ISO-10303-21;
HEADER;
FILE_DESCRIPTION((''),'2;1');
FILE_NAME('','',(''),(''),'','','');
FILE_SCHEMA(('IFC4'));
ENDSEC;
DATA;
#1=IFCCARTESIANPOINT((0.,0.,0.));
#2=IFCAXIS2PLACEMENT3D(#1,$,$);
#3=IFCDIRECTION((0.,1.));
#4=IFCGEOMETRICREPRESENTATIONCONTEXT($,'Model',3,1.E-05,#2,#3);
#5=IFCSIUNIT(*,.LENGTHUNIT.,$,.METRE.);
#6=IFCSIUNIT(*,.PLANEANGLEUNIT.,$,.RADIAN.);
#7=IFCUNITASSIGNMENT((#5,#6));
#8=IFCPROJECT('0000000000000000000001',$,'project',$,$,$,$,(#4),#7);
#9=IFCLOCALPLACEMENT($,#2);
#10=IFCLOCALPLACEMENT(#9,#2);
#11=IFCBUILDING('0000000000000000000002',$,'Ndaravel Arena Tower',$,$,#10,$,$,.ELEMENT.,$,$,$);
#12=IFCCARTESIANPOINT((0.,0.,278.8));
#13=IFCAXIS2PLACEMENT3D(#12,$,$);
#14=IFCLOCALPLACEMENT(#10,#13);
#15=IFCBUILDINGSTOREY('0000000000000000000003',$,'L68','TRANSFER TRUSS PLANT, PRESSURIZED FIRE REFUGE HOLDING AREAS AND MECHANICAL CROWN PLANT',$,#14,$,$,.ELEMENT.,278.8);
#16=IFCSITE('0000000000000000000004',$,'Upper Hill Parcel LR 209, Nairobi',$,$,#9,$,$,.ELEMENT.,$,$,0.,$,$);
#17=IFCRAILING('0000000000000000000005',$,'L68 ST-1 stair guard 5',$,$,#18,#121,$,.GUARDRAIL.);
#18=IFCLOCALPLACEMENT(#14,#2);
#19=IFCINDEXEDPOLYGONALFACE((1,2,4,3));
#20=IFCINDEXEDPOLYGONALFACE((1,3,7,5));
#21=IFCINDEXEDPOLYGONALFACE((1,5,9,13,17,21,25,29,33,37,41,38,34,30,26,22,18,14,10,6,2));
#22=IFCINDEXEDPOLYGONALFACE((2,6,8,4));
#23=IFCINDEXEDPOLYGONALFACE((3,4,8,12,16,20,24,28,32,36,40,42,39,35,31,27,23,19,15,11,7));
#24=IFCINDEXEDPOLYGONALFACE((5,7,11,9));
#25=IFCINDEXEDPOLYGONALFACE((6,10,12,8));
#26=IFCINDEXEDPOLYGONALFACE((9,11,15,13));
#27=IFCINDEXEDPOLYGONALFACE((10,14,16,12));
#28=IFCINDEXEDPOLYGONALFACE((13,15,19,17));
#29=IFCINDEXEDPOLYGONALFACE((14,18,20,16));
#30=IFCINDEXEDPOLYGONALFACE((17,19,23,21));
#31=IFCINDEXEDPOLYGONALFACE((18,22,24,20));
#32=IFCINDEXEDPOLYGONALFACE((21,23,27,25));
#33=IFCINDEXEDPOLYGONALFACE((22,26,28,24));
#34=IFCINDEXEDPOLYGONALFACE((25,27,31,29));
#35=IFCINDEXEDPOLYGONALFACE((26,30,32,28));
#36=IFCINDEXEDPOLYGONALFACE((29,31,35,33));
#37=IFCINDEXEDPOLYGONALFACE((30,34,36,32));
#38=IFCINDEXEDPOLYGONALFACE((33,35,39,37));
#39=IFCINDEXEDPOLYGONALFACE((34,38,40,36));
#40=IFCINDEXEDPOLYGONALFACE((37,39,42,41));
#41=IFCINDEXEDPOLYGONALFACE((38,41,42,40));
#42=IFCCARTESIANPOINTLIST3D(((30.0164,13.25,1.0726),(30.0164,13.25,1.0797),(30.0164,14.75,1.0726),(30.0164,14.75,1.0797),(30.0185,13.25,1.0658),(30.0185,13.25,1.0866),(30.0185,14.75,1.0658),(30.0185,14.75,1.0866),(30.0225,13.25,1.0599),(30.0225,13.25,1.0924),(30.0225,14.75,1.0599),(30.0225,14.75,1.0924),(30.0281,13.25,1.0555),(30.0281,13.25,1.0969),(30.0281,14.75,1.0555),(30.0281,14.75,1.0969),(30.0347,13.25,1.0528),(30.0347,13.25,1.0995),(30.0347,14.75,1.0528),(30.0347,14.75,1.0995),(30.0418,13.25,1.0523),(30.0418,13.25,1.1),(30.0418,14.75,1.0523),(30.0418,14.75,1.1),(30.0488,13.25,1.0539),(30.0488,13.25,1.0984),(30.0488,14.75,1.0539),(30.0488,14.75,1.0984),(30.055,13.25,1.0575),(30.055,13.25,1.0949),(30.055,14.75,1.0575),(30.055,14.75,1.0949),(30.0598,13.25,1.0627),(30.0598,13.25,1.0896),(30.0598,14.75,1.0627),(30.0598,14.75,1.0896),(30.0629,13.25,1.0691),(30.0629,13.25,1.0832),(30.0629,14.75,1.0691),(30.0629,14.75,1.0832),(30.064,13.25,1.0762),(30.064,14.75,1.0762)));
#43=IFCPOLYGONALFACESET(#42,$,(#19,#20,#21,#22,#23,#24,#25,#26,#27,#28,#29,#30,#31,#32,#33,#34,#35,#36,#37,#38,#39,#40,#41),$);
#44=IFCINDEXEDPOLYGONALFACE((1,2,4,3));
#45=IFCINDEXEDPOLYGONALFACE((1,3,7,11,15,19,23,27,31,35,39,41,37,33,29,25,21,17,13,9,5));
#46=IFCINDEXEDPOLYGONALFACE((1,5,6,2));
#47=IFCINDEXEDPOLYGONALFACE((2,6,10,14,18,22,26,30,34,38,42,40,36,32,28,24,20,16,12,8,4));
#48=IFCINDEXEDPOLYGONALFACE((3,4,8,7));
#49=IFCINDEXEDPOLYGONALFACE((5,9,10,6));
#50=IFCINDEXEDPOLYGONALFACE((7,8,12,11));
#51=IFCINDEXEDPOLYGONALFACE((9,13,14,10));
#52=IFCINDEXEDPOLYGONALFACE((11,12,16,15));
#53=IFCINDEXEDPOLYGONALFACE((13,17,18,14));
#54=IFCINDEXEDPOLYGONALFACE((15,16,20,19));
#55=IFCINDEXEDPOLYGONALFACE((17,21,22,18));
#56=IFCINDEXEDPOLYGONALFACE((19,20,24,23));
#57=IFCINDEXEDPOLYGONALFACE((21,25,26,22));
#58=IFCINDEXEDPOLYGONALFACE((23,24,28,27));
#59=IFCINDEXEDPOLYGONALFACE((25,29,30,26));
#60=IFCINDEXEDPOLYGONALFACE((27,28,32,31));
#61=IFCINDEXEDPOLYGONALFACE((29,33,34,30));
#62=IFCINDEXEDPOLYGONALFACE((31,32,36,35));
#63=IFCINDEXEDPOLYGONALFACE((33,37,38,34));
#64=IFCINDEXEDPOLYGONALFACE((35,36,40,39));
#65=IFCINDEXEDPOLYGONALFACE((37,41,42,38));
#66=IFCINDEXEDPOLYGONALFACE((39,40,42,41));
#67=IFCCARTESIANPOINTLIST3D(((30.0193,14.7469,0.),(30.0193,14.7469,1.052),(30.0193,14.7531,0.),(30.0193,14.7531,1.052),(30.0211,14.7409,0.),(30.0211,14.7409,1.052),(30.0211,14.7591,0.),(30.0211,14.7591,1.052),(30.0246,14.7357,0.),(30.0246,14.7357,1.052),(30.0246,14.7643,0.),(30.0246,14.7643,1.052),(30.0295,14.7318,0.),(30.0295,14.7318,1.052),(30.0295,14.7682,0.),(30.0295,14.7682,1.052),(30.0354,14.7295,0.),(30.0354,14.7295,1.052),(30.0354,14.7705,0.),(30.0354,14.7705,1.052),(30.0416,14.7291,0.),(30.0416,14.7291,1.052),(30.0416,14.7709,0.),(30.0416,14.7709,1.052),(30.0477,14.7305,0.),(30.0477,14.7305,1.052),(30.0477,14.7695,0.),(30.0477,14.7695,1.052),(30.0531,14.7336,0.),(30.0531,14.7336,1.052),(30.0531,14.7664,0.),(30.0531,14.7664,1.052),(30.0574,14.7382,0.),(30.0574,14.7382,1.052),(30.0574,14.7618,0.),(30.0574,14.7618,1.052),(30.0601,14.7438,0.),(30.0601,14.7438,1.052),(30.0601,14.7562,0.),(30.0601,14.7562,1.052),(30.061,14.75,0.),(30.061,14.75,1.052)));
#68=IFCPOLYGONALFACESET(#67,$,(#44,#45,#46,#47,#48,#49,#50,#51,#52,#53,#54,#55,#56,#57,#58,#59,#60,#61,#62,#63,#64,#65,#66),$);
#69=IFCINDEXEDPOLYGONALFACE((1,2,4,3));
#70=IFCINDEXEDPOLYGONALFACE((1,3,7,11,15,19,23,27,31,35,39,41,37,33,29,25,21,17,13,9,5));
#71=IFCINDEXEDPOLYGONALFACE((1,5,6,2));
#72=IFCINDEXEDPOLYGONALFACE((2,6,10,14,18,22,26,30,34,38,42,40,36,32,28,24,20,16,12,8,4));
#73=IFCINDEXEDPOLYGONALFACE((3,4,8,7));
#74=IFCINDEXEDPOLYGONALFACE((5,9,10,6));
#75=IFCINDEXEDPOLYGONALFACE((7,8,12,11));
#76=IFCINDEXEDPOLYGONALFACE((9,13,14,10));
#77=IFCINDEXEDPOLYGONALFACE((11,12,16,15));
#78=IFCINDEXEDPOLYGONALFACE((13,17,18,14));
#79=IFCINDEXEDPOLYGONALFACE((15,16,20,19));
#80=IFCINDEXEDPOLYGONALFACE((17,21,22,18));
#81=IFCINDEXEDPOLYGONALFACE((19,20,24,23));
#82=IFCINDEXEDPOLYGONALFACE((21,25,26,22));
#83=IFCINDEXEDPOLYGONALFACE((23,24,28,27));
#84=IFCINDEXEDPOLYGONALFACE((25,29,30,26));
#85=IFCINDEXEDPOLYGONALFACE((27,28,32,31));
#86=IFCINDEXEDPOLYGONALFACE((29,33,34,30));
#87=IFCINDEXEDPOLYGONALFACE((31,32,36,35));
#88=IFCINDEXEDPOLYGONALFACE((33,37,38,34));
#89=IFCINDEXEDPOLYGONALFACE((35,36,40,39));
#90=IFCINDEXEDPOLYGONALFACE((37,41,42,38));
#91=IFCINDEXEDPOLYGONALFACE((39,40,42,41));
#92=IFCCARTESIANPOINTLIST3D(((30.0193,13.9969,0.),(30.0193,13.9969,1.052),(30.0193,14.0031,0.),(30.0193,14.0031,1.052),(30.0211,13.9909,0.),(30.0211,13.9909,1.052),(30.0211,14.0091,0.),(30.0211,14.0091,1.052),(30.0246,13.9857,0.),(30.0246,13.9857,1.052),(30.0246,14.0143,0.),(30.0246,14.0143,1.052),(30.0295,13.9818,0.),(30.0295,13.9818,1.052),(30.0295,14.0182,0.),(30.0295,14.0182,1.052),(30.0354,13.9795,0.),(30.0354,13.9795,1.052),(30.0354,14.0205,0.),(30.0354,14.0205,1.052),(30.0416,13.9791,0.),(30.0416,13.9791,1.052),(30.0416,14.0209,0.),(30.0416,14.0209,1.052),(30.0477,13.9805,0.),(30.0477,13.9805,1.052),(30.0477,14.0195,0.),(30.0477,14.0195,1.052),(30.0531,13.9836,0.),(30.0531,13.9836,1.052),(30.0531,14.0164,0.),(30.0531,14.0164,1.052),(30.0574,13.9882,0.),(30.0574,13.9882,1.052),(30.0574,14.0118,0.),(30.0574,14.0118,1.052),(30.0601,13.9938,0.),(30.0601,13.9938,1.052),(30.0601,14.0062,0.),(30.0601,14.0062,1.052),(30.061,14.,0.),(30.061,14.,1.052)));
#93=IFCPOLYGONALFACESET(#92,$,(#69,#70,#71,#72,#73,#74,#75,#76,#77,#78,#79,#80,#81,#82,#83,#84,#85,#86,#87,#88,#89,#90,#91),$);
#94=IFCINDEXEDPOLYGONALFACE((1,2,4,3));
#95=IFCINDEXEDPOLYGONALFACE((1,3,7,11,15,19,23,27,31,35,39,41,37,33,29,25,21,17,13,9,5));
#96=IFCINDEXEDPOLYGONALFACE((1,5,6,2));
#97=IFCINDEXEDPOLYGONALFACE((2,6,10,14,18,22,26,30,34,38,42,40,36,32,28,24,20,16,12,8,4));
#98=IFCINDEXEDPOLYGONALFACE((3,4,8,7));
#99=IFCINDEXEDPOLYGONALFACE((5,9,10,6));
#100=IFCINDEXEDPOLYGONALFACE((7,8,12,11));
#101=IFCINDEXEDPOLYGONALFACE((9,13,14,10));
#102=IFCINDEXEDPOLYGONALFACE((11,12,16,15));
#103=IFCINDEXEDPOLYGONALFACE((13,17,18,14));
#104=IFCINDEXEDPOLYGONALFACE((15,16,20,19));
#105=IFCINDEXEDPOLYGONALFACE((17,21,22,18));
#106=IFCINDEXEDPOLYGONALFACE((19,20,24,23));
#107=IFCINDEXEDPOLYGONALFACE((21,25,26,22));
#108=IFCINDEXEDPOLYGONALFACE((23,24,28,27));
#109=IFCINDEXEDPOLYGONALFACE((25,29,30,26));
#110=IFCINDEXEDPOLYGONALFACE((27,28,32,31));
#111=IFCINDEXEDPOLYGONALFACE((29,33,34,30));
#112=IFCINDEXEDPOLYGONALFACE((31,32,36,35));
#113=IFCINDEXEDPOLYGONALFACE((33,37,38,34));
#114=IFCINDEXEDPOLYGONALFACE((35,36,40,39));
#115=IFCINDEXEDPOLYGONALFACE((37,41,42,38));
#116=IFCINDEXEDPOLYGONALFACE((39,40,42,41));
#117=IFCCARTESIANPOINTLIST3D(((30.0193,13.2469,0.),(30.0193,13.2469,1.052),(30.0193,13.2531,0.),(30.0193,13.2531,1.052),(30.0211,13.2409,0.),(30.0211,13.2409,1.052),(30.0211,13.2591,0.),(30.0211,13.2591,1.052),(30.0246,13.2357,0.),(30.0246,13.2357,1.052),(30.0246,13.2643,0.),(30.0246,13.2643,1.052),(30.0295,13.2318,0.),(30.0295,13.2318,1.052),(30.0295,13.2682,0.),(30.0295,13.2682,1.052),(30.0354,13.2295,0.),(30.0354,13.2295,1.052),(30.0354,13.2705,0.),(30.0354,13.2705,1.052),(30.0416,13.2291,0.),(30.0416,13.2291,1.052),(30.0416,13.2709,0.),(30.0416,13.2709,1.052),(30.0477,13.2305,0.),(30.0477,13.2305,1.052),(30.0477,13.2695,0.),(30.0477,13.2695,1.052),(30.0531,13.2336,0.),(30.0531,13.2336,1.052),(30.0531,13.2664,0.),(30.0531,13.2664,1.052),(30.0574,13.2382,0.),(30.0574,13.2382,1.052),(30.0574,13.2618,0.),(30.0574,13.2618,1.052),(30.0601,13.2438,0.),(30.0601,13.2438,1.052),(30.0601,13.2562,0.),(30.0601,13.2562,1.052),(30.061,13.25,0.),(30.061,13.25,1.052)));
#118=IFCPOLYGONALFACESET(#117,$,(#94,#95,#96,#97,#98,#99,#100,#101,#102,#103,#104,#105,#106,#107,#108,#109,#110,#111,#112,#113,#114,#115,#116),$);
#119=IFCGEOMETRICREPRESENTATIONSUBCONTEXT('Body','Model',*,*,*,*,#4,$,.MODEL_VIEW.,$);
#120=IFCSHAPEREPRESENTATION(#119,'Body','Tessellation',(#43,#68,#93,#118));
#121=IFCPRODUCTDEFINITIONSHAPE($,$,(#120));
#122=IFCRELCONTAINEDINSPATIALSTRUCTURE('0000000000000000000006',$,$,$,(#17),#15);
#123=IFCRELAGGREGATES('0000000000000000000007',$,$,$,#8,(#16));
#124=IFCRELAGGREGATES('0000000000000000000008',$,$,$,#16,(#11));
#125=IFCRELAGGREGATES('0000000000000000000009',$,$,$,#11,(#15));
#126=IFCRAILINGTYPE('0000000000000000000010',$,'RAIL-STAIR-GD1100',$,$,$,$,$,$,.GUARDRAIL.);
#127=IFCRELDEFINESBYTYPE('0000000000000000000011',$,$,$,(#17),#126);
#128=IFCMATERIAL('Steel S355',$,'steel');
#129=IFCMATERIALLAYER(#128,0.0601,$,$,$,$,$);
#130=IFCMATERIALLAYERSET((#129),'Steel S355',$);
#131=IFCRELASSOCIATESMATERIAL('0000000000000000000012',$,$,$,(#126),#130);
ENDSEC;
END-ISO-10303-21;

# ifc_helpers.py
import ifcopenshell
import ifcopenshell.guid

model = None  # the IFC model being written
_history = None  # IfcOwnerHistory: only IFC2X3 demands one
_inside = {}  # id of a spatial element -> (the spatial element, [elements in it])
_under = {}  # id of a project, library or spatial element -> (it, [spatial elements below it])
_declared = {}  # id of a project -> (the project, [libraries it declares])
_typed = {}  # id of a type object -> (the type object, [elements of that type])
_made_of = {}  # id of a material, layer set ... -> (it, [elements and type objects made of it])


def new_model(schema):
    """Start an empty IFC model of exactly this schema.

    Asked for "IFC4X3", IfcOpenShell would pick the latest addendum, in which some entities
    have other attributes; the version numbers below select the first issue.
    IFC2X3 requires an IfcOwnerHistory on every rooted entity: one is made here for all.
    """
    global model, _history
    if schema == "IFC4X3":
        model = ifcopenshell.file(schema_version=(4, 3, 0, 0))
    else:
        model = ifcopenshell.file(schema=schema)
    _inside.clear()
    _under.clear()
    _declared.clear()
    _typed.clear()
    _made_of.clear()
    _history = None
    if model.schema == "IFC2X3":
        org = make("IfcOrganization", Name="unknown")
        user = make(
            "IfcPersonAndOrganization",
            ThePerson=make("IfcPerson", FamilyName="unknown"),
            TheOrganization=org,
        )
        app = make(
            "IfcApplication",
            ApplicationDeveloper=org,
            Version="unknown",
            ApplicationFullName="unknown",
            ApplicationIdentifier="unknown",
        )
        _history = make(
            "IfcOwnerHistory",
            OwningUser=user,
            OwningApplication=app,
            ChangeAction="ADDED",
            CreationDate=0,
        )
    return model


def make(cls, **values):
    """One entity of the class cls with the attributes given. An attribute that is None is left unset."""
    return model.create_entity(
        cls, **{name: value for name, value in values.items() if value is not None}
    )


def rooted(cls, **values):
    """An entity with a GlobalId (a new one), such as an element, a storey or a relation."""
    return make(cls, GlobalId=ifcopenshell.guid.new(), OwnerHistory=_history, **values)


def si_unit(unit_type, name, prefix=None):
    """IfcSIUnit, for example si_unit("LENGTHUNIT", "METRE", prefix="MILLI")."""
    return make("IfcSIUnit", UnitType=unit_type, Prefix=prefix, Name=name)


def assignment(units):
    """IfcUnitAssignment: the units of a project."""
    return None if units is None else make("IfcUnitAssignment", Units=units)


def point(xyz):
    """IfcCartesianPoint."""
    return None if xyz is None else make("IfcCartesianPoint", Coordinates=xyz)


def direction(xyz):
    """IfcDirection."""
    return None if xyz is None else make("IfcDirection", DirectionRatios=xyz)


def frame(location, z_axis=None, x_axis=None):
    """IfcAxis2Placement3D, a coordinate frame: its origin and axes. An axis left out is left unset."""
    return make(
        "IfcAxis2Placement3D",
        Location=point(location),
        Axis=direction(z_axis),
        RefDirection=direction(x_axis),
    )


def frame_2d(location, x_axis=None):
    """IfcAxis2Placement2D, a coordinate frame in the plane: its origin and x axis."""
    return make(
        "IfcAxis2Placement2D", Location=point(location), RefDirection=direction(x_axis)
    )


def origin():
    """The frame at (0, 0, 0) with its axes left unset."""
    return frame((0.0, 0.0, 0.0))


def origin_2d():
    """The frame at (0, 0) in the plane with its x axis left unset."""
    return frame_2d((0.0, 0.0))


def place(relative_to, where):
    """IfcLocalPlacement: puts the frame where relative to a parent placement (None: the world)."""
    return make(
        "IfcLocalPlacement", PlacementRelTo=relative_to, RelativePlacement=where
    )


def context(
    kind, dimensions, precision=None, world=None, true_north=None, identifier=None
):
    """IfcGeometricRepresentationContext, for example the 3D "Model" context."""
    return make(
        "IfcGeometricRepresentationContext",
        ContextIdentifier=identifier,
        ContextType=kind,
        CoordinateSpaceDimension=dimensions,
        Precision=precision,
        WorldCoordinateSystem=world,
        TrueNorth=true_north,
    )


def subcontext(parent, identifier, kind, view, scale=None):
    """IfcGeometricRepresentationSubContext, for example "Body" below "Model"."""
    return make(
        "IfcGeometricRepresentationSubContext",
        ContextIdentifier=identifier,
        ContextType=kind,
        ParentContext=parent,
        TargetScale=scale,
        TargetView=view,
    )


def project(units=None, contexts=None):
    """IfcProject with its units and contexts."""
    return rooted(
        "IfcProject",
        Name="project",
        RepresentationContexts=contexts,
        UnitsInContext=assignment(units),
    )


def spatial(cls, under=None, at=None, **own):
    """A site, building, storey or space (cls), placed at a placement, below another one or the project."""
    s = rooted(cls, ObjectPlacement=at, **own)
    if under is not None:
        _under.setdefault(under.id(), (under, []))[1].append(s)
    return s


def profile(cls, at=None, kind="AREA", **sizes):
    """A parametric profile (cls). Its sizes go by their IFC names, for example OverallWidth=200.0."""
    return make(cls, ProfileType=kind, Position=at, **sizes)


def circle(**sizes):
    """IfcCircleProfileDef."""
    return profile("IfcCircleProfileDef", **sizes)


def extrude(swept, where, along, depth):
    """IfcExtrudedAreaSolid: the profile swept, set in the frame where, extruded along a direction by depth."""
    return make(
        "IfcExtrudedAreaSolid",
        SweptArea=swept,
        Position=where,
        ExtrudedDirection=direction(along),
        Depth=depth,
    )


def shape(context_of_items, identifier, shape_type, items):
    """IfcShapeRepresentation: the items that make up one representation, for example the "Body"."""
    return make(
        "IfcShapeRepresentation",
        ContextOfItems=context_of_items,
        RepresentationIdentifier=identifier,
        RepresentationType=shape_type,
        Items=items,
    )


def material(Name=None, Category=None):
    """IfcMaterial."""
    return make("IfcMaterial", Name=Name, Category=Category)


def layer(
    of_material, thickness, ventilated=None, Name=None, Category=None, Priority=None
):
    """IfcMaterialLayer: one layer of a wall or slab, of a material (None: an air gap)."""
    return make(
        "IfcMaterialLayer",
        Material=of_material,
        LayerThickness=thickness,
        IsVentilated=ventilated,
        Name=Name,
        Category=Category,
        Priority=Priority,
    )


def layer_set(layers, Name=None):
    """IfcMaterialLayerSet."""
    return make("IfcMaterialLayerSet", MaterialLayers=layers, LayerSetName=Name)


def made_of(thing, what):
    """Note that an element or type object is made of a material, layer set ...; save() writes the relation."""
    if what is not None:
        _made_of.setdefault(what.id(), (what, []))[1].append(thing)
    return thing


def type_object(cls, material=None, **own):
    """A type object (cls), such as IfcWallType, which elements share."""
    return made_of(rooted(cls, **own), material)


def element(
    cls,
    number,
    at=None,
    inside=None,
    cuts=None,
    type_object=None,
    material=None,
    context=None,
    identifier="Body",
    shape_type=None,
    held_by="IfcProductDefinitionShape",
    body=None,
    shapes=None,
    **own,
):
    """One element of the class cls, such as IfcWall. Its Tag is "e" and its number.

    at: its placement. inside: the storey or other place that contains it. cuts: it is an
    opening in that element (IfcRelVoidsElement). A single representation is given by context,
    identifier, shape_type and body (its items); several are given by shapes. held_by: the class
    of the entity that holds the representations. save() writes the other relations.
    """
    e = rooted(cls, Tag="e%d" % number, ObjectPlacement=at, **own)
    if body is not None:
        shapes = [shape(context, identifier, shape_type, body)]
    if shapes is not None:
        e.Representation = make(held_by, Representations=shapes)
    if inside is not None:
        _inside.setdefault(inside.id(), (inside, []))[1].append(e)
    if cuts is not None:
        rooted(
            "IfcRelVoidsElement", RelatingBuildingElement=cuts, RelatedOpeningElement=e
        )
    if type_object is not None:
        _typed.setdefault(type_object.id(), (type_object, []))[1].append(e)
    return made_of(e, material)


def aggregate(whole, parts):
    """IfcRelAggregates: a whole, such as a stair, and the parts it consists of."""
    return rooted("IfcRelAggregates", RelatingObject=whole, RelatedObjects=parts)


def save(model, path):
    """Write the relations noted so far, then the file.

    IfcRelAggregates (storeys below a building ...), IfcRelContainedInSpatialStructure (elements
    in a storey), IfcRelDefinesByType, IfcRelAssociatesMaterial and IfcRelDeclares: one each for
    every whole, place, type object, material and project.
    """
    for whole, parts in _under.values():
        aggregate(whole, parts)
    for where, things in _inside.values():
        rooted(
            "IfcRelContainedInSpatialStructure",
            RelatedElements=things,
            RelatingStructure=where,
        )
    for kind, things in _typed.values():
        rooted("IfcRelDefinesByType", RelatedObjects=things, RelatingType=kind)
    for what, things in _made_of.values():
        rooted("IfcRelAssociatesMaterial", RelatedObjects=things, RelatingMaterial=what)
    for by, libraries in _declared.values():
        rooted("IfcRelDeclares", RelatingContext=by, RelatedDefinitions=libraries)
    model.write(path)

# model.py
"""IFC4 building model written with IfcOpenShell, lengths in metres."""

from ifc_helpers import new_model, si_unit, direction, frame, origin, origin_2d, place, context, subcontext, project, spatial, circle, extrude, material, layer, layer_set, type_object, element, save


model = new_model("IFC4")

# Units and contexts
model_context = context("Model", 3, precision=1e-05, world=origin(), true_north=direction((0.0, 1.0)))
body_context = subcontext(model_context, "Body", "Model", "MODEL_VIEW")
ifc_project = project(units=[si_unit("LENGTHUNIT", "METRE"), si_unit("PLANEANGLEUNIT", "RADIAN")], contexts=[model_context])

# Site, building, storey
site_placement = place(None, origin())
site = spatial("IfcSite", under=ifc_project, at=site_placement, Name="Upper Hill Parcel LR 209, Nairobi", CompositionType="ELEMENT", RefElevation=0.0)
building_placement = place(site_placement, origin())
building = spatial("IfcBuilding", under=site, at=building_placement, Name="Ndaravel Arena Tower", CompositionType="ELEMENT")
storey_placement = place(building_placement, frame((0.0, 0.0, 278.8)))
storey = spatial("IfcBuildingStorey", under=building, at=storey_placement, Name="L68", Description="TRANSFER TRUSS PLANT, PRESSURIZED FIRE REFUGE HOLDING AREAS AND MECHANICAL CROWN PLANT", CompositionType="ELEMENT", Elevation=278.8)

# Railing
ifc_material_1 = material(Name="Steel S355", Category="steel")
ifc_layer_1 = layer(ifc_material_1, 0.0601)
ifc_layer_set_1 = layer_set([ifc_layer_1], Name="Steel S355")
railing_type = type_object("IfcRailingType", Name="RAIL-STAIR-GD1100", PredefinedType="GUARDRAIL", material=ifc_layer_set_1)
railing_placement = place(storey_placement, frame((30.04, 14.75, 0.0)))
element("IfcRailing", 1, at=railing_placement, inside=storey, type_object=railing_type, Name="L68 ST-1 stair guard 5", PredefinedType="GUARDRAIL", context=body_context, shape_type="SweptSolid", body=[
    extrude(circle(Radius=0.0239, at=origin_2d()), frame((0.0, 0.0, 1.0762), z_axis=(0.0, -1.0, 0.0), x_axis=(1.0, 0.0, 0.0)), (0.0, 0.0, 1.0), 1.5),
    extrude(circle(Radius=0.021, at=origin_2d()), origin(), (0.0, 0.0, 1.0), 1.052),
    extrude(circle(Radius=0.021, at=origin_2d()), frame((0.0, -0.75, 0.0)), (0.0, 0.0, 1.0), 1.052),
    extrude(circle(Radius=0.021, at=origin_2d()), frame((0.0, -1.5, 0.0)), (0.0, 0.0, 1.0), 1.052),
])

save(model, "model.ifc")
